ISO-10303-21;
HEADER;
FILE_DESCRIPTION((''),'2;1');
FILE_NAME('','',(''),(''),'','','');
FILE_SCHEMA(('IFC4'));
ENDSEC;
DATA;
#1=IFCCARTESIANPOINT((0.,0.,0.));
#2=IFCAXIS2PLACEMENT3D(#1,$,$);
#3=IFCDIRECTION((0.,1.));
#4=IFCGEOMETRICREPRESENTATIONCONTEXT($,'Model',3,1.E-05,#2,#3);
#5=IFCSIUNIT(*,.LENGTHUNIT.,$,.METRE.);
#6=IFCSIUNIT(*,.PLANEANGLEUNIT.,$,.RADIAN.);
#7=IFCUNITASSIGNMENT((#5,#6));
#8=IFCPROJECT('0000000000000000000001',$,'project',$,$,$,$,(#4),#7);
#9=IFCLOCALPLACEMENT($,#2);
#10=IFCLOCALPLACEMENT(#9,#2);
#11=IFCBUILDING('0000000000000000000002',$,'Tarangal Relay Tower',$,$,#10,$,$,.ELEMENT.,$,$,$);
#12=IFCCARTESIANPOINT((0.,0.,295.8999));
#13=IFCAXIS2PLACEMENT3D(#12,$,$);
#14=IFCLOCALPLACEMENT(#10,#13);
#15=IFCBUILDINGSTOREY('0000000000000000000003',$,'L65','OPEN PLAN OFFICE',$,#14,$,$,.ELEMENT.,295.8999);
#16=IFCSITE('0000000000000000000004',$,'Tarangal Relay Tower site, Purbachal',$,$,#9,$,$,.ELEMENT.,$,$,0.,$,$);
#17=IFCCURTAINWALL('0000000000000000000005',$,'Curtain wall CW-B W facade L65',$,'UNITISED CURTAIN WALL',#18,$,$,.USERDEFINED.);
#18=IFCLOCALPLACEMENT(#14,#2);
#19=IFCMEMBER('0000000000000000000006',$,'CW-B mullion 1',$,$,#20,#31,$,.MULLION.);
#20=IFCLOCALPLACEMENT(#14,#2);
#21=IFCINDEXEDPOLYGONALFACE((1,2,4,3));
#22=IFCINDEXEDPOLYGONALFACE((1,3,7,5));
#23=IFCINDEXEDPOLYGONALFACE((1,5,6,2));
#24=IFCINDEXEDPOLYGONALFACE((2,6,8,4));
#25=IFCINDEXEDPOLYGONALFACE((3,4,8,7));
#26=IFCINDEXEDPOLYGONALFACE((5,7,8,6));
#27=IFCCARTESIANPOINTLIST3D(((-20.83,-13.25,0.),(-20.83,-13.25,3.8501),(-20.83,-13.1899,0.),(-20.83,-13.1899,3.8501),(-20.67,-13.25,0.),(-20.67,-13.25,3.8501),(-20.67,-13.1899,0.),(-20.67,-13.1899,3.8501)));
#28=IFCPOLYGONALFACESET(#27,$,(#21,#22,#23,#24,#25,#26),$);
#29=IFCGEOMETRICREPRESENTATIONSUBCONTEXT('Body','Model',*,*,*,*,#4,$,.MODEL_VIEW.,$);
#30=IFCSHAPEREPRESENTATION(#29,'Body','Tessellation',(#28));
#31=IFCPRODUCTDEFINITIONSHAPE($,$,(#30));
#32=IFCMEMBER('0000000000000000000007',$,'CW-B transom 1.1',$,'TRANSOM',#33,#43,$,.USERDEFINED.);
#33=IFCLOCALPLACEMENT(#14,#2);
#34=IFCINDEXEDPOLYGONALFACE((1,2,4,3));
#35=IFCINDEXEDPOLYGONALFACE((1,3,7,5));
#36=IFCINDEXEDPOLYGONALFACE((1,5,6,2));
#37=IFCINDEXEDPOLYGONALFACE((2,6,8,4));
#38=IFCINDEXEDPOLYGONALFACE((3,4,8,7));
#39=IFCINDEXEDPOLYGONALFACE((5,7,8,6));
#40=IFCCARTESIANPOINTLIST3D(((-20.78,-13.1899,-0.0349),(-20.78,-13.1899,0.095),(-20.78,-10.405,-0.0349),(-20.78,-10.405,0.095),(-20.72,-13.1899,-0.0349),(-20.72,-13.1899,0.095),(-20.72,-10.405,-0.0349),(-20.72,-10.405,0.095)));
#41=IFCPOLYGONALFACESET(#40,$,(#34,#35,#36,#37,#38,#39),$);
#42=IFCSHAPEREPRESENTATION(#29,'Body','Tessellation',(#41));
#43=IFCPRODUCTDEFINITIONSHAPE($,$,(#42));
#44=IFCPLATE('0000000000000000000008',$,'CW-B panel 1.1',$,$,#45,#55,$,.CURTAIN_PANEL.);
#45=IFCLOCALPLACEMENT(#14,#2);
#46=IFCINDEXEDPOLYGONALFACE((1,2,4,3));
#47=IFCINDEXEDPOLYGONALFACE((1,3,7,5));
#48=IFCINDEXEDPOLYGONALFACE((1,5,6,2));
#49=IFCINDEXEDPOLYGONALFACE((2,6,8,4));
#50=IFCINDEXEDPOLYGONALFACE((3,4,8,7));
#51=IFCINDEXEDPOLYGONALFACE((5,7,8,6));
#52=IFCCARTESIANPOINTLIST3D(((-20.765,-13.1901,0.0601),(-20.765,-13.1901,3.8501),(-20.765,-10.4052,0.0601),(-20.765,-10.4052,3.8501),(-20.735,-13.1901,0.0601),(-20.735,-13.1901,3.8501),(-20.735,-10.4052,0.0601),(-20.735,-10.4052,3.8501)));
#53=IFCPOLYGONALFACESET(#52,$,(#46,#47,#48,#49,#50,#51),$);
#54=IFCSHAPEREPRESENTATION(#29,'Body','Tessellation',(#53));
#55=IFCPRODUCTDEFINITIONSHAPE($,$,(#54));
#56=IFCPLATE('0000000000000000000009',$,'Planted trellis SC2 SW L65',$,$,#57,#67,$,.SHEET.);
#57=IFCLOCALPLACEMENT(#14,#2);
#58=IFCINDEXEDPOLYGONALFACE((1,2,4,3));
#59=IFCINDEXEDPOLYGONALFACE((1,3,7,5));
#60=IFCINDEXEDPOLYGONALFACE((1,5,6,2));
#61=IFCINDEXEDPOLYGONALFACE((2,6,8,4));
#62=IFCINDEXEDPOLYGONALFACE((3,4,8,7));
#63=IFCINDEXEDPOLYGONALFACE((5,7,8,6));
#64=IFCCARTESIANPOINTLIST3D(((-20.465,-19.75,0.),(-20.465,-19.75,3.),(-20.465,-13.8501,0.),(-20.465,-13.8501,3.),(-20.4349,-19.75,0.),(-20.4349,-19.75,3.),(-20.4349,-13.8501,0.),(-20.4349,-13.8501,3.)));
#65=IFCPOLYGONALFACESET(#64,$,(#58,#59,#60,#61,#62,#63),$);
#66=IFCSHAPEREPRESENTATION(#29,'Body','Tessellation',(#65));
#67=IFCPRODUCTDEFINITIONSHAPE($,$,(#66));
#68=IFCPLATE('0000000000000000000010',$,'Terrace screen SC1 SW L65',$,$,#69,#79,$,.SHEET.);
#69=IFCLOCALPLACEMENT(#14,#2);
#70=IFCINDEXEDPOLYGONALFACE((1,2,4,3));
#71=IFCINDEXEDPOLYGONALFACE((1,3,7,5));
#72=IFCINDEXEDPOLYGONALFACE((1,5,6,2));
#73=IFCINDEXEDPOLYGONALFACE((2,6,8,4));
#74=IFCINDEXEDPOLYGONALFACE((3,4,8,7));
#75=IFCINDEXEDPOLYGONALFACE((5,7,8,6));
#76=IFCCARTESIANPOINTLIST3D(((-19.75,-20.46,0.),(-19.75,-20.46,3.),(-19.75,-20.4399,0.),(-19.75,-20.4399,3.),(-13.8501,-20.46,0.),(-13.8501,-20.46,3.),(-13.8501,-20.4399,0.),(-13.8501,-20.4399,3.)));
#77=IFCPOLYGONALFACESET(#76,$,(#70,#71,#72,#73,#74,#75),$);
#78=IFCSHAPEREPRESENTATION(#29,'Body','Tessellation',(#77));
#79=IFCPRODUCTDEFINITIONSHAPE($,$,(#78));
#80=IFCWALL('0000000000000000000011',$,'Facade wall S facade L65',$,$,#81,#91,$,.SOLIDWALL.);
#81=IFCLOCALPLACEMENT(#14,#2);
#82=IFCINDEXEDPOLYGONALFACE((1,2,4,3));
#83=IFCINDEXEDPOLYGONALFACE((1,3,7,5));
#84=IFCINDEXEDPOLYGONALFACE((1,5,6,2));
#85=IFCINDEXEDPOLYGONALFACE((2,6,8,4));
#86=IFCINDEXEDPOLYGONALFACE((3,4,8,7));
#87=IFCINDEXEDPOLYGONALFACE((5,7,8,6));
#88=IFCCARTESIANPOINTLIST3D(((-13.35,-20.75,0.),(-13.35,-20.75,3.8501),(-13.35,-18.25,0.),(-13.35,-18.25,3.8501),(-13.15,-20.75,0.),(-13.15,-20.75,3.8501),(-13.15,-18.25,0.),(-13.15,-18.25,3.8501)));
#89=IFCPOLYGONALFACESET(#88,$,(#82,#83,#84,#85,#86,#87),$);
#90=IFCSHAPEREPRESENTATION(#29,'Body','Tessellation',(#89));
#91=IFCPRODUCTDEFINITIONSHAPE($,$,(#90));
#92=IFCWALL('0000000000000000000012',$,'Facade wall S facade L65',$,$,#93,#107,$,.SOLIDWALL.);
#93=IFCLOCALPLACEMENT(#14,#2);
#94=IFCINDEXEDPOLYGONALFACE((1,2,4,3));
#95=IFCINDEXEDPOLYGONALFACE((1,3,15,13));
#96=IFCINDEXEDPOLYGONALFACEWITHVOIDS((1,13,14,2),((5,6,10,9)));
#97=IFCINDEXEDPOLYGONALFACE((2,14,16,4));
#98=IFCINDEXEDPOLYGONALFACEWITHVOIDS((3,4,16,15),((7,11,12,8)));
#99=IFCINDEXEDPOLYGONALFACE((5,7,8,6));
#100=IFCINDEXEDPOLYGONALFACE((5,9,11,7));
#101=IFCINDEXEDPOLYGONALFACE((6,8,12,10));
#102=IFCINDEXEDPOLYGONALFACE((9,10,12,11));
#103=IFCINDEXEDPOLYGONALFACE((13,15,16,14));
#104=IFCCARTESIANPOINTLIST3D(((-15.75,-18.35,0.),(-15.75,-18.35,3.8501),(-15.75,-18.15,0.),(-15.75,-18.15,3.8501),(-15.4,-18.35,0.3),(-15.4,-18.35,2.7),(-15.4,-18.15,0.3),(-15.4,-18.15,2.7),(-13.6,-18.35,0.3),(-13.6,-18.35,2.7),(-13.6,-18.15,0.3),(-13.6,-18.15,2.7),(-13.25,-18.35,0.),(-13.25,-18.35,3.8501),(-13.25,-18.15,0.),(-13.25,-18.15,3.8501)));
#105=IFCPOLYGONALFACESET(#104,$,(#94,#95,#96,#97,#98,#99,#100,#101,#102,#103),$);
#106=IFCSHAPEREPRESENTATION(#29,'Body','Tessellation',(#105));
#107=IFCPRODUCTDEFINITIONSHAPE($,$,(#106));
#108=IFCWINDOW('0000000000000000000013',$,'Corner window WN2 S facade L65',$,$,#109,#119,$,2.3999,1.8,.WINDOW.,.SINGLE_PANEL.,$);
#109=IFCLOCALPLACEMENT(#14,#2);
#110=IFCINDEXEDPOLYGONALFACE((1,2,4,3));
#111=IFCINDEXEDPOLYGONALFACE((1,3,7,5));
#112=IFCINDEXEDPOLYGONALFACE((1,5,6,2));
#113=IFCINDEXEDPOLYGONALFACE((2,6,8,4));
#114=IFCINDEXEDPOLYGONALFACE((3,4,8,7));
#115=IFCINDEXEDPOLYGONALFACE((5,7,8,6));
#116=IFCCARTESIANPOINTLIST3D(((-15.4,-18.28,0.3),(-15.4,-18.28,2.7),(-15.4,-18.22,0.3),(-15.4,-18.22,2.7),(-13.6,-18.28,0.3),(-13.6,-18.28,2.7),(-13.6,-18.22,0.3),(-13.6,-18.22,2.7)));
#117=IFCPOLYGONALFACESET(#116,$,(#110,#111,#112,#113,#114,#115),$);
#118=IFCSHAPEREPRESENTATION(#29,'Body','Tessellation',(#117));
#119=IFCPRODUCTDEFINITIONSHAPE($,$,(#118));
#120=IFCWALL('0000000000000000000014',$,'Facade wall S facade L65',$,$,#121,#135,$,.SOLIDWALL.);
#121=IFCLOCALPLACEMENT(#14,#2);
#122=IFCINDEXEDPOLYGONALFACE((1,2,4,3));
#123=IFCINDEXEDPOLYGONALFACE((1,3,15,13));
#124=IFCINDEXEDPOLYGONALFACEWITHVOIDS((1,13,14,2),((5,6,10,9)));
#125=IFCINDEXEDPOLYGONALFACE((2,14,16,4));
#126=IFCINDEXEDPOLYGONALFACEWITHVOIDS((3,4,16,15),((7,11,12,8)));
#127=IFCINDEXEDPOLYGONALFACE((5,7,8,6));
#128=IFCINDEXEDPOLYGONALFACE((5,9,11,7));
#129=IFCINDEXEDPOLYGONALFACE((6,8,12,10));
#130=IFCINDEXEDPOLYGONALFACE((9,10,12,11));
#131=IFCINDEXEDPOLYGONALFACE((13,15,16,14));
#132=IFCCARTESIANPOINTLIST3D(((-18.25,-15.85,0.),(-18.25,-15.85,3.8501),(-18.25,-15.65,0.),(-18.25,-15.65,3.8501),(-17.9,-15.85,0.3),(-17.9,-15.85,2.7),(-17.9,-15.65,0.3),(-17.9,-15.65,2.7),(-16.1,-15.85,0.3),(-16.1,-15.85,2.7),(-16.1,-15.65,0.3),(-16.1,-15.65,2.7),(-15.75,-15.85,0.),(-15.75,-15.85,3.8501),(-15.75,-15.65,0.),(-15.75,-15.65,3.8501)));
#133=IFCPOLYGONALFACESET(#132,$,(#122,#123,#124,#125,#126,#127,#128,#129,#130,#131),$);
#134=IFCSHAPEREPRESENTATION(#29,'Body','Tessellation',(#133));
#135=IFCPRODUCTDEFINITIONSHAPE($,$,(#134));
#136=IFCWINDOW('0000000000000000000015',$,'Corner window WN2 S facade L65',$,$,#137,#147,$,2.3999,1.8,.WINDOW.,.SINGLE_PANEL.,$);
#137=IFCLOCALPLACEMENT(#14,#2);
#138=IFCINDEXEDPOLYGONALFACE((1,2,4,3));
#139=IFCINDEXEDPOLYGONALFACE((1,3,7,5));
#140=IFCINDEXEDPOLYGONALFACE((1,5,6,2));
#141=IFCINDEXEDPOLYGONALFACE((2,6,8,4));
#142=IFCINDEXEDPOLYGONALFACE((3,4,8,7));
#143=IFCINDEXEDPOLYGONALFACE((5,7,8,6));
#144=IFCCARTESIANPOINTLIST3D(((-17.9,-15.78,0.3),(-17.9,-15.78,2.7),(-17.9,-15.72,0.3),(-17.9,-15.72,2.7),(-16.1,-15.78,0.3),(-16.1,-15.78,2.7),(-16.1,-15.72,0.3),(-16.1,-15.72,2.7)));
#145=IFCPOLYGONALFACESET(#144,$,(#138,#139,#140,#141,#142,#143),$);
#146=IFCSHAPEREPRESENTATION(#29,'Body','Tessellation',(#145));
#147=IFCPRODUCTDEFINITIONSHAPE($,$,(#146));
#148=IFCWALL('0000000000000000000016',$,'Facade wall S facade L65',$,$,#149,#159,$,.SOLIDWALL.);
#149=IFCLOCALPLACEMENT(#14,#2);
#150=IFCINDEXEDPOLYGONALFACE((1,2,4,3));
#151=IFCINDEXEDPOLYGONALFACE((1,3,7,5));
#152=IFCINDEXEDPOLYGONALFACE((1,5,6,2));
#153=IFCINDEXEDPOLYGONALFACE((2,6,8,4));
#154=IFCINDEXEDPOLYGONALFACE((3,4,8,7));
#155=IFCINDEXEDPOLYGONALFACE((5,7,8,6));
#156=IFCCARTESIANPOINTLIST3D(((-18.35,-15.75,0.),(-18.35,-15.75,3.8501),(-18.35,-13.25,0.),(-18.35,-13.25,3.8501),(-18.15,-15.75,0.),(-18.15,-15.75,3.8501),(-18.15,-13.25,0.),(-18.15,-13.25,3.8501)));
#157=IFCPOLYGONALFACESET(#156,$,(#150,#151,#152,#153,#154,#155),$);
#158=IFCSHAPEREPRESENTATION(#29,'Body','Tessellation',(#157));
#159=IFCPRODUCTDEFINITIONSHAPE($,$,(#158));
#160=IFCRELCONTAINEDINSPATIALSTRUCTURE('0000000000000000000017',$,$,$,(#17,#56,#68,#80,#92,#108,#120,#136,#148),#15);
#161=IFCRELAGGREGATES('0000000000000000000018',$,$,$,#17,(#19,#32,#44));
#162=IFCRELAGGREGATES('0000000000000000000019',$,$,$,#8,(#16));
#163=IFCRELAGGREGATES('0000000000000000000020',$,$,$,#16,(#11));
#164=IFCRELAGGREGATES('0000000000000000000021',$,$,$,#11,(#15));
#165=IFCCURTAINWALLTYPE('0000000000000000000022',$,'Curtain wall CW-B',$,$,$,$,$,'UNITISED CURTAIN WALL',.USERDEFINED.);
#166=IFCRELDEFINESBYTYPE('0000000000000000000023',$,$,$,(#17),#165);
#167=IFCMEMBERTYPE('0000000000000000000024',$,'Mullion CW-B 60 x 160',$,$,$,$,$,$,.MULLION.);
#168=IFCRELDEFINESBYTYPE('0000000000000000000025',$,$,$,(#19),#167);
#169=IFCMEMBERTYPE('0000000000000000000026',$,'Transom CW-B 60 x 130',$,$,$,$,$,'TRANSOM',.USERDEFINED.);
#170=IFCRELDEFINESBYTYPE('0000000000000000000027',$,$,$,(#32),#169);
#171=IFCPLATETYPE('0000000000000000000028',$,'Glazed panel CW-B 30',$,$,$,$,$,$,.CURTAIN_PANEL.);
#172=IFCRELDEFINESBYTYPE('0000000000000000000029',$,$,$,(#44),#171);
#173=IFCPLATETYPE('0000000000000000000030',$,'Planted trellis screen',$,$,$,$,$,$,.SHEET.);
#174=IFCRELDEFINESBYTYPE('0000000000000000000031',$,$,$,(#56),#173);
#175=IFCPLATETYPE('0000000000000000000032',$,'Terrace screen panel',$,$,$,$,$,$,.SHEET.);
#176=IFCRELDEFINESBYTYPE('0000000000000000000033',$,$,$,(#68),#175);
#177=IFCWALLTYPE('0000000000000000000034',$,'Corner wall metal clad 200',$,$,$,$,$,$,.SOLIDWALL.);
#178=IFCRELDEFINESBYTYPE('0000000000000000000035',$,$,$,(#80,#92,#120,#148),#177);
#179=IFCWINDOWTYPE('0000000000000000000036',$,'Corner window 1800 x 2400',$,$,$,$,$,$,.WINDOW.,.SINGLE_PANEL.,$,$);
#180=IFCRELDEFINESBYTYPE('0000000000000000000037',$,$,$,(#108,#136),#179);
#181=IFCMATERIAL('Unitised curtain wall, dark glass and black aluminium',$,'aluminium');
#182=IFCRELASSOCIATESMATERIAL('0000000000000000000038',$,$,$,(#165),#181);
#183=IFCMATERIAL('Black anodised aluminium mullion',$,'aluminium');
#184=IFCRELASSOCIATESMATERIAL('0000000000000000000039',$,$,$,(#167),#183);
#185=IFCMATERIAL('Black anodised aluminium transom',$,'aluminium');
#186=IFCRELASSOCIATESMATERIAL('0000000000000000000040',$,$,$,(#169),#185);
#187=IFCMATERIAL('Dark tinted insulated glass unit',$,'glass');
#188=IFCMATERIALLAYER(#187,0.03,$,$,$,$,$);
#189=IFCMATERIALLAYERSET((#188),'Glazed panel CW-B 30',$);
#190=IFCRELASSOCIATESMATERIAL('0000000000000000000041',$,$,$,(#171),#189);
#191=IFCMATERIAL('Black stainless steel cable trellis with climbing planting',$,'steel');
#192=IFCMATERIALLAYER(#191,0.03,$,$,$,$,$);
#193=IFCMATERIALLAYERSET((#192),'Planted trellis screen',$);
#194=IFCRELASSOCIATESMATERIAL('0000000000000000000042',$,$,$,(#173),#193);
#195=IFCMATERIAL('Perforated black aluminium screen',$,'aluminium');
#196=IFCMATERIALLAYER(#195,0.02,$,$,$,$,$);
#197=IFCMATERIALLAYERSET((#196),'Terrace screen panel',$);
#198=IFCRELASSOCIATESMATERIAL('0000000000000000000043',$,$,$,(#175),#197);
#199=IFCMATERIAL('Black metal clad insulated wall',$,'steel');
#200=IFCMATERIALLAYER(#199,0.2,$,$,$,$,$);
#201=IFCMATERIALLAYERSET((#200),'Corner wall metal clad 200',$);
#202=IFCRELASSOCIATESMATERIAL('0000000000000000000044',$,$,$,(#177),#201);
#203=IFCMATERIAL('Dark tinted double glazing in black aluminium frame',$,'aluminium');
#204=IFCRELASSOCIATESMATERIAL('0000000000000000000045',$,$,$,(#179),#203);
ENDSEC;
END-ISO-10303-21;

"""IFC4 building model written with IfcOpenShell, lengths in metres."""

from ifc_helpers import new_model, si_unit, direction, frame, frame_2d, origin, origin_2d, place, context, subcontext, project, spatial, rectangle, extrude, material, layer, layer_set, material_profile, profile_set, type_object, element, fill, aggregate, save


model = new_model("IFC4")

# Units and contexts
model_context = context("Model", 3, precision=1e-05, world=origin(), true_north=direction((0.0, 1.0)))
body_context = subcontext(model_context, "Body", "Model", "MODEL_VIEW")
ifc_project = project(units=[si_unit("LENGTHUNIT", "METRE"), si_unit("PLANEANGLEUNIT", "RADIAN")], contexts=[model_context])

# Site, building, storey
site_placement = place(None, origin())
site = spatial("IfcSite", under=ifc_project, at=site_placement, Name="Tarangal Relay Tower site, Purbachal", CompositionType="ELEMENT", RefElevation=0.0)
building_placement = place(site_placement, origin())
building = spatial("IfcBuilding", under=site, at=building_placement, Name="Tarangal Relay Tower", CompositionType="ELEMENT")
storey_placement = place(building_placement, frame((0.0, 0.0, 295.8999)))
storey = spatial("IfcBuildingStorey", under=building, at=storey_placement, Name="L65", Description="OPEN PLAN OFFICE", CompositionType="ELEMENT", Elevation=295.8999)

# Shared definitions
ifc_material_1 = material(Name="Unitised curtain wall, dark glass and black aluminium", Category="aluminium")
curtain_wall_type = type_object("IfcCurtainWallType", Name="Curtain wall CW-B", ElementType="UNITISED CURTAIN WALL", PredefinedType="USERDEFINED", material=ifc_material_1)
ifc_material_2 = material(Name="Black anodised aluminium mullion", Category="aluminium")
ifc_material_profile_1 = material_profile(ifc_material_2, rectangle(XDim=0.1599, YDim=0.0601, at=origin_2d()), Name="CW-BM 60X160")
ifc_profile_set_1 = profile_set([ifc_material_profile_1], Name="Black anodised aluminium mullion")
member_type_1 = type_object("IfcMemberType", Name="Mullion CW-B 60 x 160", PredefinedType="MULLION", material=ifc_profile_set_1)

# Curtain wall, members, plate
curtain_wall_1_placement = place(storey_placement, origin())
curtain_wall_1 = element("IfcCurtainWall", 1, at=curtain_wall_1_placement, inside=storey, type_object=curtain_wall_type, Name="Curtain wall CW-B W facade L65", ObjectType="UNITISED CURTAIN WALL", PredefinedType="USERDEFINED")
member_1_placement = place(storey_placement, frame((-20.75, -13.22, 0.0), z_axis=(0.0, 0.0, 1.0), x_axis=(-1.0, 0.0, 0.0)))
member_1 = element("IfcMember", 2, at=member_1_placement, type_object=member_type_1, Name="CW-B mullion 1", PredefinedType="MULLION", context=body_context, shape_type="SweptSolid", body=[
    extrude(rectangle(XDim=0.1599, YDim=0.0601, at=origin_2d()), origin(), (0.0, 0.0, 1.0), 3.8501),
])
ifc_material_3 = material(Name="Black anodised aluminium transom", Category="aluminium")
ifc_material_profile_2 = material_profile(ifc_material_3, rectangle(XDim=0.0601, YDim=0.1299, at=origin_2d()), Name="CW-BT 60X130")
ifc_profile_set_2 = profile_set([ifc_material_profile_2], Name="Black anodised aluminium transom")
member_type_2 = type_object("IfcMemberType", Name="Transom CW-B 60 x 130", ElementType="TRANSOM", PredefinedType="USERDEFINED", material=ifc_profile_set_2)
member_2_placement = place(storey_placement, frame((-20.75, -13.1899, 0.03), z_axis=(0.0, 1.0, 0.0), x_axis=(-1.0, 0.0, 0.0)))
member_2 = element("IfcMember", 3, at=member_2_placement, type_object=member_type_2, Name="CW-B transom 1.1", ObjectType="TRANSOM", PredefinedType="USERDEFINED", context=body_context, shape_type="SweptSolid", body=[
    extrude(rectangle(XDim=0.0601, YDim=0.1299, at=origin_2d()), origin(), (0.0, 0.0, 1.0), 2.7849),
])
ifc_material_4 = material(Name="Dark tinted insulated glass unit", Category="glass")
ifc_layer_1 = layer(ifc_material_4, 0.03)
ifc_layer_set_1 = layer_set([ifc_layer_1], Name="Glazed panel CW-B 30")
plate_type_1 = type_object("IfcPlateType", Name="Glazed panel CW-B 30", PredefinedType="CURTAIN_PANEL", material=ifc_layer_set_1)
plate_1_placement = place(storey_placement, frame((-20.75, -11.7976, 0.0601), z_axis=(0.0, 0.0, 1.0), x_axis=(0.0, 1.0, 0.0)))
plate_1 = element("IfcPlate", 4, at=plate_1_placement, type_object=plate_type_1, Name="CW-B panel 1.1", PredefinedType="CURTAIN_PANEL", context=body_context, shape_type="SweptSolid", body=[
    extrude(rectangle(XDim=2.7849, YDim=0.03, at=origin_2d()), origin(), (0.0, 0.0, 1.0), 3.79),
])
aggregate(curtain_wall_1, [member_1, member_2, plate_1])

# Plates
ifc_material_5 = material(Name="Black stainless steel cable trellis with climbing planting", Category="steel")
ifc_layer_2 = layer(ifc_material_5, 0.03)
ifc_layer_set_2 = layer_set([ifc_layer_2], Name="Planted trellis screen")
plate_type_2 = type_object("IfcPlateType", Name="Planted trellis screen", PredefinedType="SHEET", material=ifc_layer_set_2)
plate_2_placement = place(storey_placement, frame((-20.45, -16.8, 0.0), z_axis=(0.0, 0.0, 1.0), x_axis=(0.0, 1.0, 0.0)))
element("IfcPlate", 5, at=plate_2_placement, inside=storey, type_object=plate_type_2, Name="Planted trellis SC2 SW L65", PredefinedType="SHEET", context=body_context, shape_type="SweptSolid", body=[
    extrude(rectangle(XDim=5.8999, YDim=0.03, at=origin_2d()), origin(), (0.0, 0.0, 1.0), 3.0),
])
ifc_material_6 = material(Name="Perforated black aluminium screen", Category="aluminium")
ifc_layer_3 = layer(ifc_material_6, 0.02)
ifc_layer_set_3 = layer_set([ifc_layer_3], Name="Terrace screen panel")
plate_type_3 = type_object("IfcPlateType", Name="Terrace screen panel", PredefinedType="SHEET", material=ifc_layer_set_3)
plate_3_placement = place(storey_placement, frame((-16.8, -20.45, 0.0), z_axis=(0.0, 0.0, 1.0), x_axis=(-1.0, 0.0, 0.0)))
element("IfcPlate", 6, at=plate_3_placement, inside=storey, type_object=plate_type_3, Name="Terrace screen SC1 SW L65", PredefinedType="SHEET", context=body_context, shape_type="SweptSolid", body=[
    extrude(rectangle(XDim=5.8999, YDim=0.02, at=origin_2d()), origin(), (0.0, 0.0, 1.0), 3.0),
])

# Wall
ifc_material_7 = material(Name="Black metal clad insulated wall", Category="steel")
ifc_layer_4 = layer(ifc_material_7, 0.2)
ifc_layer_set_4 = layer_set([ifc_layer_4], Name="Corner wall metal clad 200")
wall_type_1 = type_object("IfcWallType", Name="Corner wall metal clad 200", PredefinedType="SOLIDWALL", material=ifc_layer_set_4)
wall_1_placement = place(storey_placement, frame((-13.25, -20.75, 0.0), z_axis=(0.0, 0.0, 1.0), x_axis=(0.0, 1.0, 0.0)))
element("IfcWall", 7, at=wall_1_placement, inside=storey, type_object=wall_type_1, Name="Facade wall S facade L65", PredefinedType="SOLIDWALL", context=body_context, shape_type="SweptSolid", body=[
    extrude(rectangle(XDim=2.5, YDim=0.2, at=frame_2d((1.25, 0.0))), origin(), (0.0, 0.0, 1.0), 3.8501),
])

# Wall, opening, window
wall_2_placement = place(storey_placement, frame((-13.25, -18.25, 0.0), z_axis=(0.0, 0.0, 1.0), x_axis=(-1.0, 0.0, 0.0)))
wall_2 = element("IfcWall", 8, at=wall_2_placement, inside=storey, type_object=wall_type_1, Name="Facade wall S facade L65", PredefinedType="SOLIDWALL", context=body_context, shape_type="SweptSolid", body=[
    extrude(rectangle(XDim=2.5, YDim=0.2, at=frame_2d((1.25, 0.0))), origin(), (0.0, 0.0, 1.0), 3.8501),
])
opening_1_placement = place(wall_2_placement, frame((0.3501, 0.0, 0.3)))
opening_1 = element("IfcOpeningElement", 9, at=opening_1_placement, cuts=wall_2, PredefinedType="OPENING", context=body_context, shape_type="SweptSolid", body=[
    extrude(rectangle(XDim=1.8, YDim=2.3999, at=frame_2d((0.8999, 1.2))), frame((0.0, 0.1099, 0.0), z_axis=(0.0, -1.0, 0.0), x_axis=(1.0, 0.0, 0.0)), (0.0, 0.0, 1.0), 0.22),
])
ifc_material_8 = material(Name="Dark tinted double glazing in black aluminium frame", Category="aluminium")
window_type = type_object("IfcWindowType", Name="Corner window 1800 x 2400", PartitioningType="SINGLE_PANEL", PredefinedType="WINDOW", material=ifc_material_8)
window_1_placement = place(opening_1_placement, origin())
window_1 = element("IfcWindow", 10, at=window_1_placement, inside=storey, type_object=window_type, Name="Corner window WN2 S facade L65", OverallHeight=2.3999, OverallWidth=1.8, PartitioningType="SINGLE_PANEL", PredefinedType="WINDOW", context=body_context, shape_type="SweptSolid", body=[
    extrude(rectangle(XDim=1.8, YDim=2.3999, at=frame_2d((0.8999, 1.2))), frame((0.0, 0.03, 0.0), z_axis=(0.0, -1.0, 0.0), x_axis=(1.0, 0.0, 0.0)), (0.0, 0.0, 1.0), 0.0601),
])
fill(opening_1, window_1)

# Wall, opening, window
wall_3_placement = place(storey_placement, frame((-15.75, -15.75, 0.0), z_axis=(0.0, 0.0, 1.0), x_axis=(-1.0, 0.0, 0.0)))
wall_3 = element("IfcWall", 11, at=wall_3_placement, inside=storey, type_object=wall_type_1, Name="Facade wall S facade L65", PredefinedType="SOLIDWALL", context=body_context, shape_type="SweptSolid", body=[
    extrude(rectangle(XDim=2.5, YDim=0.2, at=frame_2d((1.25, 0.0))), origin(), (0.0, 0.0, 1.0), 3.8501),
])
opening_2_placement = place(wall_3_placement, frame((0.3501, 0.0, 0.3)))
opening_2 = element("IfcOpeningElement", 12, at=opening_2_placement, cuts=wall_3, PredefinedType="OPENING", context=body_context, shape_type="SweptSolid", body=[
    extrude(rectangle(XDim=1.8, YDim=2.3999, at=frame_2d((0.8999, 1.2))), frame((0.0, 0.1099, 0.0), z_axis=(0.0, -1.0, 0.0), x_axis=(1.0, 0.0, 0.0)), (0.0, 0.0, 1.0), 0.22),
])
window_2_placement = place(opening_2_placement, origin())
window_2 = element("IfcWindow", 13, at=window_2_placement, inside=storey, type_object=window_type, Name="Corner window WN2 S facade L65", OverallHeight=2.3999, OverallWidth=1.8, PartitioningType="SINGLE_PANEL", PredefinedType="WINDOW", context=body_context, shape_type="SweptSolid", body=[
    extrude(rectangle(XDim=1.8, YDim=2.3999, at=frame_2d((0.8999, 1.2))), frame((0.0, 0.03, 0.0), z_axis=(0.0, -1.0, 0.0), x_axis=(1.0, 0.0, 0.0)), (0.0, 0.0, 1.0), 0.0601),
])
fill(opening_2, window_2)

# Wall
wall_4_placement = place(storey_placement, frame((-18.25, -15.75, 0.0), z_axis=(0.0, 0.0, 1.0), x_axis=(0.0, 1.0, 0.0)))
element("IfcWall", 14, at=wall_4_placement, inside=storey, type_object=wall_type_1, Name="Facade wall S facade L65", PredefinedType="SOLIDWALL", context=body_context, shape_type="SweptSolid", body=[
    extrude(rectangle(XDim=2.5, YDim=0.2, at=frame_2d((1.25, 0.0))), origin(), (0.0, 0.0, 1.0), 3.8501),
])

save(model, "model.ifc")
